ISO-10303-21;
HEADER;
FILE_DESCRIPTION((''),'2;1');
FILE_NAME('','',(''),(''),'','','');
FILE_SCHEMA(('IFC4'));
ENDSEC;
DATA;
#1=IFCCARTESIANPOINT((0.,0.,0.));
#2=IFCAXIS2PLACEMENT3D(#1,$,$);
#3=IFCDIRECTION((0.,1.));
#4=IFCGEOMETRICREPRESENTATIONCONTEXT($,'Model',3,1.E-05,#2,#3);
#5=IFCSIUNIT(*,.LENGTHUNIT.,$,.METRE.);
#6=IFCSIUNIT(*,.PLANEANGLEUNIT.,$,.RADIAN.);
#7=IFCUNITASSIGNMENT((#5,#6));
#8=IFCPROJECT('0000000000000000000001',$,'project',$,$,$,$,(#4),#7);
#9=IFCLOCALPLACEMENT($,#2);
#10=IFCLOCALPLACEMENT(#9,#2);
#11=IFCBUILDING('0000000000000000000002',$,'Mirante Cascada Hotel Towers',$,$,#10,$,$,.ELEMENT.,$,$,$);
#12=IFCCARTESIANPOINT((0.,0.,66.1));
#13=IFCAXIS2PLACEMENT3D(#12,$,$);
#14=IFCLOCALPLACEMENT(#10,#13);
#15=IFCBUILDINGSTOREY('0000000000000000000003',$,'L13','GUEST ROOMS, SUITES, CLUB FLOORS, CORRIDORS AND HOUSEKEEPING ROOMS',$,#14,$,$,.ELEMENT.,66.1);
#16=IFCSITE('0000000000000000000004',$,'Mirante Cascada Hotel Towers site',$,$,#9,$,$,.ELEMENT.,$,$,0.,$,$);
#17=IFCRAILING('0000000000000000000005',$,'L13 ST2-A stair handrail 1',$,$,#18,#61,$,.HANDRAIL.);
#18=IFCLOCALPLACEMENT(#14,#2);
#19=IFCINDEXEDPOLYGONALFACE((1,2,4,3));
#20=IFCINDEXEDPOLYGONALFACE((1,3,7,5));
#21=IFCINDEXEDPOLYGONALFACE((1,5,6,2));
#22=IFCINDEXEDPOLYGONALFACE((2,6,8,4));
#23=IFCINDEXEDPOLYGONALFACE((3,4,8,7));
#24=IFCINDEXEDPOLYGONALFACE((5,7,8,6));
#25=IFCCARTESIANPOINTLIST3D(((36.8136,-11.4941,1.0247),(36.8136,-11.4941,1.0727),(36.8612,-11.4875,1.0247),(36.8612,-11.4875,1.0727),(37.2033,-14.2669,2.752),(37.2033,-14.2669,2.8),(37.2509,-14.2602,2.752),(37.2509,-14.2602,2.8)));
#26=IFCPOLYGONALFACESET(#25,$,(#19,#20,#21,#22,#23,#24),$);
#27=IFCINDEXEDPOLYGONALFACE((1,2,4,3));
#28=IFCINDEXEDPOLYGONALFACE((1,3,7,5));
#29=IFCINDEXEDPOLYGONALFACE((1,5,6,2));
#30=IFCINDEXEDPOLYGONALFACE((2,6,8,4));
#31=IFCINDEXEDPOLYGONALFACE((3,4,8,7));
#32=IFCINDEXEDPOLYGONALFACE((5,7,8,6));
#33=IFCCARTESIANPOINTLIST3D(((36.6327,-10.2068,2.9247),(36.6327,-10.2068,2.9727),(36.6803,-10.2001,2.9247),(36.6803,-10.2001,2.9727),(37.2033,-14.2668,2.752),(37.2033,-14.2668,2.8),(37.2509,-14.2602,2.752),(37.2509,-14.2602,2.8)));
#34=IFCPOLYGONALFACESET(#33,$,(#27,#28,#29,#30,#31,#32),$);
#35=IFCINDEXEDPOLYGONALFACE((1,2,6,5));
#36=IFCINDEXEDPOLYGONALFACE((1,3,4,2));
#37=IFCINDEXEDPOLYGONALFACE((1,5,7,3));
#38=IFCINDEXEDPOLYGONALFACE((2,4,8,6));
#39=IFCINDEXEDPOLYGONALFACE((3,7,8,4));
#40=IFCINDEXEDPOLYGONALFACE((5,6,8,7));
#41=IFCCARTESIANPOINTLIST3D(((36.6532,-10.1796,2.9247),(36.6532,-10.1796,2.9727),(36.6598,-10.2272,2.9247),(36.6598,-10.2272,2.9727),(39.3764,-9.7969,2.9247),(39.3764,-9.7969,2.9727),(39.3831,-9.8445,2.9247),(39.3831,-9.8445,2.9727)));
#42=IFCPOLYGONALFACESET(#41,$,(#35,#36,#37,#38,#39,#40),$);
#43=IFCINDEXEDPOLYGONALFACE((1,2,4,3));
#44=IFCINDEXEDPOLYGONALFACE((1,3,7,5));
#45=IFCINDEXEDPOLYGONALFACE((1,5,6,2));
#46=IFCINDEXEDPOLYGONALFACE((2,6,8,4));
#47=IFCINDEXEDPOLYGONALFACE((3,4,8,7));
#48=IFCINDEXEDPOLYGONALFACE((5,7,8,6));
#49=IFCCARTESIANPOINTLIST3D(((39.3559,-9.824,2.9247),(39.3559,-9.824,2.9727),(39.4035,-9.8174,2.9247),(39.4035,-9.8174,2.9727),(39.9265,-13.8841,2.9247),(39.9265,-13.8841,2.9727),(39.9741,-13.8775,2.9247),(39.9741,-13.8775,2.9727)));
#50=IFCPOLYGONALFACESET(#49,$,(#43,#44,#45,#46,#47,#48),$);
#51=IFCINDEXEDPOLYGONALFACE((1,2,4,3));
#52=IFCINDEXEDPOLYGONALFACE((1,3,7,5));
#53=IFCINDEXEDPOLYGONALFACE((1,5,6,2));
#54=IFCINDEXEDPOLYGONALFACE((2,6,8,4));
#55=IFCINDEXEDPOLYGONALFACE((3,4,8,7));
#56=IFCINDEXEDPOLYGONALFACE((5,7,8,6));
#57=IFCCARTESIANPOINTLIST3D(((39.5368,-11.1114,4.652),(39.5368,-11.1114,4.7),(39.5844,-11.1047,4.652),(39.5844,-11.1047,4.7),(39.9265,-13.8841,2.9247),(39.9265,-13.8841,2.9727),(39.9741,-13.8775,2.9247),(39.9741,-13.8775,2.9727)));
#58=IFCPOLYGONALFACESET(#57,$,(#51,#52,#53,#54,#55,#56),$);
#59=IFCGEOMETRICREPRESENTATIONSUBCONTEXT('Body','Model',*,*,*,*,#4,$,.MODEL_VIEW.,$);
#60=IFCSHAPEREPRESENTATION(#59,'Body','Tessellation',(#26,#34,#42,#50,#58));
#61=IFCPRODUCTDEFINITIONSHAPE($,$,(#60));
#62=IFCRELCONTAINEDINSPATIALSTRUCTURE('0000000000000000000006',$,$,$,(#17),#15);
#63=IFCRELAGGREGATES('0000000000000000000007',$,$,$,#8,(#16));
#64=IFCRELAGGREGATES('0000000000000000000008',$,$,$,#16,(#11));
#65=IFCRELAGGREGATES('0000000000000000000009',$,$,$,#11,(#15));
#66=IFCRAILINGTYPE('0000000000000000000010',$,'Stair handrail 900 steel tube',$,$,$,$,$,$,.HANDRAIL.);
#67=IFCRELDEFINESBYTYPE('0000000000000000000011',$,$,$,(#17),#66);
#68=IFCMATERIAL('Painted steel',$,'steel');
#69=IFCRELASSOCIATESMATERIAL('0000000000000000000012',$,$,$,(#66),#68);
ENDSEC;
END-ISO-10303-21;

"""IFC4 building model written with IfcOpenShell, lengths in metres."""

from ifc_helpers import new_model, si_unit, direction, frame, origin, origin_2d, place, context, subcontext, project, spatial, rectangle, extrude, material, type_object, element, save


model = new_model("IFC4")

# Units and contexts
model_context = context("Model", 3, precision=1e-05, world=origin(), true_north=direction((0.0, 1.0)))
body_context = subcontext(model_context, "Body", "Model", "MODEL_VIEW")
ifc_project = project(units=[si_unit("LENGTHUNIT", "METRE"), si_unit("PLANEANGLEUNIT", "RADIAN")], contexts=[model_context])

# Site, building, storey
site_placement = place(None, origin())
site = spatial("IfcSite", under=ifc_project, at=site_placement, Name="Mirante Cascada Hotel Towers site", CompositionType="ELEMENT", RefElevation=0.0)
building_placement = place(site_placement, origin())
building = spatial("IfcBuilding", under=site, at=building_placement, Name="Mirante Cascada Hotel Towers", CompositionType="ELEMENT")
storey_placement = place(building_placement, frame((0.0, 0.0, 66.1)))
storey = spatial("IfcBuildingStorey", under=building, at=storey_placement, Name="L13", Description="GUEST ROOMS, SUITES, CLUB FLOORS, CORRIDORS AND HOUSEKEEPING ROOMS", CompositionType="ELEMENT", Elevation=66.1)

# Railing
ifc_material_1 = material(Name="Painted steel", Category="steel")
railing_type = type_object("IfcRailingType", Name="Stair handrail 900 steel tube", PredefinedType="HANDRAIL", material=ifc_material_1)
railing_placement = place(storey_placement, frame((36.8374, -11.4908, 0.1727)))
element("IfcRailing", 1, at=railing_placement, inside=storey, type_object=railing_type, Name="L13 ST2-A stair handrail 1", PredefinedType="HANDRAIL", context=body_context, shape_type="SweptSolid", body=[
    extrude(rectangle(XDim=0.048, YDim=0.048, at=origin_2d()), frame((0.0, 0.0, 0.876), z_axis=(0.139181, -0.990267, 0.0), x_axis=(0.990267, 0.139181, 0.0)), (0.0, 0.525035, 0.851081), 3.2899),
    extrude(rectangle(XDim=0.048, YDim=0.048, at=origin_2d()), frame((0.3897, -2.7727, 2.6033), z_axis=(-0.139171, 0.990268, 0.0), x_axis=(-0.990268, -0.139171, 0.0)), (0.0, 0.042085, 0.999114), 4.1036),
    extrude(rectangle(XDim=0.048, YDim=0.048, at=origin_2d()), frame((-0.1809, 1.2874, 2.776), z_axis=(0.990269, 0.139166, 0.0), x_axis=(-0.139166, 0.990269, 0.0)), (0.0, 0.0, 1.0), 2.75),
    extrude(rectangle(XDim=0.048, YDim=0.048, at=origin_2d()), frame((2.5423, 1.6701, 2.776), z_axis=(0.139171, -0.990268, 0.0), x_axis=(0.990268, 0.139171, 0.0)), (0.0, 0.0, 1.0), 4.1),
    extrude(rectangle(XDim=0.048, YDim=0.048, at=origin_2d()), frame((3.1129, -2.39, 2.776), z_axis=(-0.139181, 0.990267, 0.0), x_axis=(-0.990267, -0.139181, 0.0)), (0.0, 0.525035, 0.851081), 3.2899),
])

save(model, "model.ifc")
